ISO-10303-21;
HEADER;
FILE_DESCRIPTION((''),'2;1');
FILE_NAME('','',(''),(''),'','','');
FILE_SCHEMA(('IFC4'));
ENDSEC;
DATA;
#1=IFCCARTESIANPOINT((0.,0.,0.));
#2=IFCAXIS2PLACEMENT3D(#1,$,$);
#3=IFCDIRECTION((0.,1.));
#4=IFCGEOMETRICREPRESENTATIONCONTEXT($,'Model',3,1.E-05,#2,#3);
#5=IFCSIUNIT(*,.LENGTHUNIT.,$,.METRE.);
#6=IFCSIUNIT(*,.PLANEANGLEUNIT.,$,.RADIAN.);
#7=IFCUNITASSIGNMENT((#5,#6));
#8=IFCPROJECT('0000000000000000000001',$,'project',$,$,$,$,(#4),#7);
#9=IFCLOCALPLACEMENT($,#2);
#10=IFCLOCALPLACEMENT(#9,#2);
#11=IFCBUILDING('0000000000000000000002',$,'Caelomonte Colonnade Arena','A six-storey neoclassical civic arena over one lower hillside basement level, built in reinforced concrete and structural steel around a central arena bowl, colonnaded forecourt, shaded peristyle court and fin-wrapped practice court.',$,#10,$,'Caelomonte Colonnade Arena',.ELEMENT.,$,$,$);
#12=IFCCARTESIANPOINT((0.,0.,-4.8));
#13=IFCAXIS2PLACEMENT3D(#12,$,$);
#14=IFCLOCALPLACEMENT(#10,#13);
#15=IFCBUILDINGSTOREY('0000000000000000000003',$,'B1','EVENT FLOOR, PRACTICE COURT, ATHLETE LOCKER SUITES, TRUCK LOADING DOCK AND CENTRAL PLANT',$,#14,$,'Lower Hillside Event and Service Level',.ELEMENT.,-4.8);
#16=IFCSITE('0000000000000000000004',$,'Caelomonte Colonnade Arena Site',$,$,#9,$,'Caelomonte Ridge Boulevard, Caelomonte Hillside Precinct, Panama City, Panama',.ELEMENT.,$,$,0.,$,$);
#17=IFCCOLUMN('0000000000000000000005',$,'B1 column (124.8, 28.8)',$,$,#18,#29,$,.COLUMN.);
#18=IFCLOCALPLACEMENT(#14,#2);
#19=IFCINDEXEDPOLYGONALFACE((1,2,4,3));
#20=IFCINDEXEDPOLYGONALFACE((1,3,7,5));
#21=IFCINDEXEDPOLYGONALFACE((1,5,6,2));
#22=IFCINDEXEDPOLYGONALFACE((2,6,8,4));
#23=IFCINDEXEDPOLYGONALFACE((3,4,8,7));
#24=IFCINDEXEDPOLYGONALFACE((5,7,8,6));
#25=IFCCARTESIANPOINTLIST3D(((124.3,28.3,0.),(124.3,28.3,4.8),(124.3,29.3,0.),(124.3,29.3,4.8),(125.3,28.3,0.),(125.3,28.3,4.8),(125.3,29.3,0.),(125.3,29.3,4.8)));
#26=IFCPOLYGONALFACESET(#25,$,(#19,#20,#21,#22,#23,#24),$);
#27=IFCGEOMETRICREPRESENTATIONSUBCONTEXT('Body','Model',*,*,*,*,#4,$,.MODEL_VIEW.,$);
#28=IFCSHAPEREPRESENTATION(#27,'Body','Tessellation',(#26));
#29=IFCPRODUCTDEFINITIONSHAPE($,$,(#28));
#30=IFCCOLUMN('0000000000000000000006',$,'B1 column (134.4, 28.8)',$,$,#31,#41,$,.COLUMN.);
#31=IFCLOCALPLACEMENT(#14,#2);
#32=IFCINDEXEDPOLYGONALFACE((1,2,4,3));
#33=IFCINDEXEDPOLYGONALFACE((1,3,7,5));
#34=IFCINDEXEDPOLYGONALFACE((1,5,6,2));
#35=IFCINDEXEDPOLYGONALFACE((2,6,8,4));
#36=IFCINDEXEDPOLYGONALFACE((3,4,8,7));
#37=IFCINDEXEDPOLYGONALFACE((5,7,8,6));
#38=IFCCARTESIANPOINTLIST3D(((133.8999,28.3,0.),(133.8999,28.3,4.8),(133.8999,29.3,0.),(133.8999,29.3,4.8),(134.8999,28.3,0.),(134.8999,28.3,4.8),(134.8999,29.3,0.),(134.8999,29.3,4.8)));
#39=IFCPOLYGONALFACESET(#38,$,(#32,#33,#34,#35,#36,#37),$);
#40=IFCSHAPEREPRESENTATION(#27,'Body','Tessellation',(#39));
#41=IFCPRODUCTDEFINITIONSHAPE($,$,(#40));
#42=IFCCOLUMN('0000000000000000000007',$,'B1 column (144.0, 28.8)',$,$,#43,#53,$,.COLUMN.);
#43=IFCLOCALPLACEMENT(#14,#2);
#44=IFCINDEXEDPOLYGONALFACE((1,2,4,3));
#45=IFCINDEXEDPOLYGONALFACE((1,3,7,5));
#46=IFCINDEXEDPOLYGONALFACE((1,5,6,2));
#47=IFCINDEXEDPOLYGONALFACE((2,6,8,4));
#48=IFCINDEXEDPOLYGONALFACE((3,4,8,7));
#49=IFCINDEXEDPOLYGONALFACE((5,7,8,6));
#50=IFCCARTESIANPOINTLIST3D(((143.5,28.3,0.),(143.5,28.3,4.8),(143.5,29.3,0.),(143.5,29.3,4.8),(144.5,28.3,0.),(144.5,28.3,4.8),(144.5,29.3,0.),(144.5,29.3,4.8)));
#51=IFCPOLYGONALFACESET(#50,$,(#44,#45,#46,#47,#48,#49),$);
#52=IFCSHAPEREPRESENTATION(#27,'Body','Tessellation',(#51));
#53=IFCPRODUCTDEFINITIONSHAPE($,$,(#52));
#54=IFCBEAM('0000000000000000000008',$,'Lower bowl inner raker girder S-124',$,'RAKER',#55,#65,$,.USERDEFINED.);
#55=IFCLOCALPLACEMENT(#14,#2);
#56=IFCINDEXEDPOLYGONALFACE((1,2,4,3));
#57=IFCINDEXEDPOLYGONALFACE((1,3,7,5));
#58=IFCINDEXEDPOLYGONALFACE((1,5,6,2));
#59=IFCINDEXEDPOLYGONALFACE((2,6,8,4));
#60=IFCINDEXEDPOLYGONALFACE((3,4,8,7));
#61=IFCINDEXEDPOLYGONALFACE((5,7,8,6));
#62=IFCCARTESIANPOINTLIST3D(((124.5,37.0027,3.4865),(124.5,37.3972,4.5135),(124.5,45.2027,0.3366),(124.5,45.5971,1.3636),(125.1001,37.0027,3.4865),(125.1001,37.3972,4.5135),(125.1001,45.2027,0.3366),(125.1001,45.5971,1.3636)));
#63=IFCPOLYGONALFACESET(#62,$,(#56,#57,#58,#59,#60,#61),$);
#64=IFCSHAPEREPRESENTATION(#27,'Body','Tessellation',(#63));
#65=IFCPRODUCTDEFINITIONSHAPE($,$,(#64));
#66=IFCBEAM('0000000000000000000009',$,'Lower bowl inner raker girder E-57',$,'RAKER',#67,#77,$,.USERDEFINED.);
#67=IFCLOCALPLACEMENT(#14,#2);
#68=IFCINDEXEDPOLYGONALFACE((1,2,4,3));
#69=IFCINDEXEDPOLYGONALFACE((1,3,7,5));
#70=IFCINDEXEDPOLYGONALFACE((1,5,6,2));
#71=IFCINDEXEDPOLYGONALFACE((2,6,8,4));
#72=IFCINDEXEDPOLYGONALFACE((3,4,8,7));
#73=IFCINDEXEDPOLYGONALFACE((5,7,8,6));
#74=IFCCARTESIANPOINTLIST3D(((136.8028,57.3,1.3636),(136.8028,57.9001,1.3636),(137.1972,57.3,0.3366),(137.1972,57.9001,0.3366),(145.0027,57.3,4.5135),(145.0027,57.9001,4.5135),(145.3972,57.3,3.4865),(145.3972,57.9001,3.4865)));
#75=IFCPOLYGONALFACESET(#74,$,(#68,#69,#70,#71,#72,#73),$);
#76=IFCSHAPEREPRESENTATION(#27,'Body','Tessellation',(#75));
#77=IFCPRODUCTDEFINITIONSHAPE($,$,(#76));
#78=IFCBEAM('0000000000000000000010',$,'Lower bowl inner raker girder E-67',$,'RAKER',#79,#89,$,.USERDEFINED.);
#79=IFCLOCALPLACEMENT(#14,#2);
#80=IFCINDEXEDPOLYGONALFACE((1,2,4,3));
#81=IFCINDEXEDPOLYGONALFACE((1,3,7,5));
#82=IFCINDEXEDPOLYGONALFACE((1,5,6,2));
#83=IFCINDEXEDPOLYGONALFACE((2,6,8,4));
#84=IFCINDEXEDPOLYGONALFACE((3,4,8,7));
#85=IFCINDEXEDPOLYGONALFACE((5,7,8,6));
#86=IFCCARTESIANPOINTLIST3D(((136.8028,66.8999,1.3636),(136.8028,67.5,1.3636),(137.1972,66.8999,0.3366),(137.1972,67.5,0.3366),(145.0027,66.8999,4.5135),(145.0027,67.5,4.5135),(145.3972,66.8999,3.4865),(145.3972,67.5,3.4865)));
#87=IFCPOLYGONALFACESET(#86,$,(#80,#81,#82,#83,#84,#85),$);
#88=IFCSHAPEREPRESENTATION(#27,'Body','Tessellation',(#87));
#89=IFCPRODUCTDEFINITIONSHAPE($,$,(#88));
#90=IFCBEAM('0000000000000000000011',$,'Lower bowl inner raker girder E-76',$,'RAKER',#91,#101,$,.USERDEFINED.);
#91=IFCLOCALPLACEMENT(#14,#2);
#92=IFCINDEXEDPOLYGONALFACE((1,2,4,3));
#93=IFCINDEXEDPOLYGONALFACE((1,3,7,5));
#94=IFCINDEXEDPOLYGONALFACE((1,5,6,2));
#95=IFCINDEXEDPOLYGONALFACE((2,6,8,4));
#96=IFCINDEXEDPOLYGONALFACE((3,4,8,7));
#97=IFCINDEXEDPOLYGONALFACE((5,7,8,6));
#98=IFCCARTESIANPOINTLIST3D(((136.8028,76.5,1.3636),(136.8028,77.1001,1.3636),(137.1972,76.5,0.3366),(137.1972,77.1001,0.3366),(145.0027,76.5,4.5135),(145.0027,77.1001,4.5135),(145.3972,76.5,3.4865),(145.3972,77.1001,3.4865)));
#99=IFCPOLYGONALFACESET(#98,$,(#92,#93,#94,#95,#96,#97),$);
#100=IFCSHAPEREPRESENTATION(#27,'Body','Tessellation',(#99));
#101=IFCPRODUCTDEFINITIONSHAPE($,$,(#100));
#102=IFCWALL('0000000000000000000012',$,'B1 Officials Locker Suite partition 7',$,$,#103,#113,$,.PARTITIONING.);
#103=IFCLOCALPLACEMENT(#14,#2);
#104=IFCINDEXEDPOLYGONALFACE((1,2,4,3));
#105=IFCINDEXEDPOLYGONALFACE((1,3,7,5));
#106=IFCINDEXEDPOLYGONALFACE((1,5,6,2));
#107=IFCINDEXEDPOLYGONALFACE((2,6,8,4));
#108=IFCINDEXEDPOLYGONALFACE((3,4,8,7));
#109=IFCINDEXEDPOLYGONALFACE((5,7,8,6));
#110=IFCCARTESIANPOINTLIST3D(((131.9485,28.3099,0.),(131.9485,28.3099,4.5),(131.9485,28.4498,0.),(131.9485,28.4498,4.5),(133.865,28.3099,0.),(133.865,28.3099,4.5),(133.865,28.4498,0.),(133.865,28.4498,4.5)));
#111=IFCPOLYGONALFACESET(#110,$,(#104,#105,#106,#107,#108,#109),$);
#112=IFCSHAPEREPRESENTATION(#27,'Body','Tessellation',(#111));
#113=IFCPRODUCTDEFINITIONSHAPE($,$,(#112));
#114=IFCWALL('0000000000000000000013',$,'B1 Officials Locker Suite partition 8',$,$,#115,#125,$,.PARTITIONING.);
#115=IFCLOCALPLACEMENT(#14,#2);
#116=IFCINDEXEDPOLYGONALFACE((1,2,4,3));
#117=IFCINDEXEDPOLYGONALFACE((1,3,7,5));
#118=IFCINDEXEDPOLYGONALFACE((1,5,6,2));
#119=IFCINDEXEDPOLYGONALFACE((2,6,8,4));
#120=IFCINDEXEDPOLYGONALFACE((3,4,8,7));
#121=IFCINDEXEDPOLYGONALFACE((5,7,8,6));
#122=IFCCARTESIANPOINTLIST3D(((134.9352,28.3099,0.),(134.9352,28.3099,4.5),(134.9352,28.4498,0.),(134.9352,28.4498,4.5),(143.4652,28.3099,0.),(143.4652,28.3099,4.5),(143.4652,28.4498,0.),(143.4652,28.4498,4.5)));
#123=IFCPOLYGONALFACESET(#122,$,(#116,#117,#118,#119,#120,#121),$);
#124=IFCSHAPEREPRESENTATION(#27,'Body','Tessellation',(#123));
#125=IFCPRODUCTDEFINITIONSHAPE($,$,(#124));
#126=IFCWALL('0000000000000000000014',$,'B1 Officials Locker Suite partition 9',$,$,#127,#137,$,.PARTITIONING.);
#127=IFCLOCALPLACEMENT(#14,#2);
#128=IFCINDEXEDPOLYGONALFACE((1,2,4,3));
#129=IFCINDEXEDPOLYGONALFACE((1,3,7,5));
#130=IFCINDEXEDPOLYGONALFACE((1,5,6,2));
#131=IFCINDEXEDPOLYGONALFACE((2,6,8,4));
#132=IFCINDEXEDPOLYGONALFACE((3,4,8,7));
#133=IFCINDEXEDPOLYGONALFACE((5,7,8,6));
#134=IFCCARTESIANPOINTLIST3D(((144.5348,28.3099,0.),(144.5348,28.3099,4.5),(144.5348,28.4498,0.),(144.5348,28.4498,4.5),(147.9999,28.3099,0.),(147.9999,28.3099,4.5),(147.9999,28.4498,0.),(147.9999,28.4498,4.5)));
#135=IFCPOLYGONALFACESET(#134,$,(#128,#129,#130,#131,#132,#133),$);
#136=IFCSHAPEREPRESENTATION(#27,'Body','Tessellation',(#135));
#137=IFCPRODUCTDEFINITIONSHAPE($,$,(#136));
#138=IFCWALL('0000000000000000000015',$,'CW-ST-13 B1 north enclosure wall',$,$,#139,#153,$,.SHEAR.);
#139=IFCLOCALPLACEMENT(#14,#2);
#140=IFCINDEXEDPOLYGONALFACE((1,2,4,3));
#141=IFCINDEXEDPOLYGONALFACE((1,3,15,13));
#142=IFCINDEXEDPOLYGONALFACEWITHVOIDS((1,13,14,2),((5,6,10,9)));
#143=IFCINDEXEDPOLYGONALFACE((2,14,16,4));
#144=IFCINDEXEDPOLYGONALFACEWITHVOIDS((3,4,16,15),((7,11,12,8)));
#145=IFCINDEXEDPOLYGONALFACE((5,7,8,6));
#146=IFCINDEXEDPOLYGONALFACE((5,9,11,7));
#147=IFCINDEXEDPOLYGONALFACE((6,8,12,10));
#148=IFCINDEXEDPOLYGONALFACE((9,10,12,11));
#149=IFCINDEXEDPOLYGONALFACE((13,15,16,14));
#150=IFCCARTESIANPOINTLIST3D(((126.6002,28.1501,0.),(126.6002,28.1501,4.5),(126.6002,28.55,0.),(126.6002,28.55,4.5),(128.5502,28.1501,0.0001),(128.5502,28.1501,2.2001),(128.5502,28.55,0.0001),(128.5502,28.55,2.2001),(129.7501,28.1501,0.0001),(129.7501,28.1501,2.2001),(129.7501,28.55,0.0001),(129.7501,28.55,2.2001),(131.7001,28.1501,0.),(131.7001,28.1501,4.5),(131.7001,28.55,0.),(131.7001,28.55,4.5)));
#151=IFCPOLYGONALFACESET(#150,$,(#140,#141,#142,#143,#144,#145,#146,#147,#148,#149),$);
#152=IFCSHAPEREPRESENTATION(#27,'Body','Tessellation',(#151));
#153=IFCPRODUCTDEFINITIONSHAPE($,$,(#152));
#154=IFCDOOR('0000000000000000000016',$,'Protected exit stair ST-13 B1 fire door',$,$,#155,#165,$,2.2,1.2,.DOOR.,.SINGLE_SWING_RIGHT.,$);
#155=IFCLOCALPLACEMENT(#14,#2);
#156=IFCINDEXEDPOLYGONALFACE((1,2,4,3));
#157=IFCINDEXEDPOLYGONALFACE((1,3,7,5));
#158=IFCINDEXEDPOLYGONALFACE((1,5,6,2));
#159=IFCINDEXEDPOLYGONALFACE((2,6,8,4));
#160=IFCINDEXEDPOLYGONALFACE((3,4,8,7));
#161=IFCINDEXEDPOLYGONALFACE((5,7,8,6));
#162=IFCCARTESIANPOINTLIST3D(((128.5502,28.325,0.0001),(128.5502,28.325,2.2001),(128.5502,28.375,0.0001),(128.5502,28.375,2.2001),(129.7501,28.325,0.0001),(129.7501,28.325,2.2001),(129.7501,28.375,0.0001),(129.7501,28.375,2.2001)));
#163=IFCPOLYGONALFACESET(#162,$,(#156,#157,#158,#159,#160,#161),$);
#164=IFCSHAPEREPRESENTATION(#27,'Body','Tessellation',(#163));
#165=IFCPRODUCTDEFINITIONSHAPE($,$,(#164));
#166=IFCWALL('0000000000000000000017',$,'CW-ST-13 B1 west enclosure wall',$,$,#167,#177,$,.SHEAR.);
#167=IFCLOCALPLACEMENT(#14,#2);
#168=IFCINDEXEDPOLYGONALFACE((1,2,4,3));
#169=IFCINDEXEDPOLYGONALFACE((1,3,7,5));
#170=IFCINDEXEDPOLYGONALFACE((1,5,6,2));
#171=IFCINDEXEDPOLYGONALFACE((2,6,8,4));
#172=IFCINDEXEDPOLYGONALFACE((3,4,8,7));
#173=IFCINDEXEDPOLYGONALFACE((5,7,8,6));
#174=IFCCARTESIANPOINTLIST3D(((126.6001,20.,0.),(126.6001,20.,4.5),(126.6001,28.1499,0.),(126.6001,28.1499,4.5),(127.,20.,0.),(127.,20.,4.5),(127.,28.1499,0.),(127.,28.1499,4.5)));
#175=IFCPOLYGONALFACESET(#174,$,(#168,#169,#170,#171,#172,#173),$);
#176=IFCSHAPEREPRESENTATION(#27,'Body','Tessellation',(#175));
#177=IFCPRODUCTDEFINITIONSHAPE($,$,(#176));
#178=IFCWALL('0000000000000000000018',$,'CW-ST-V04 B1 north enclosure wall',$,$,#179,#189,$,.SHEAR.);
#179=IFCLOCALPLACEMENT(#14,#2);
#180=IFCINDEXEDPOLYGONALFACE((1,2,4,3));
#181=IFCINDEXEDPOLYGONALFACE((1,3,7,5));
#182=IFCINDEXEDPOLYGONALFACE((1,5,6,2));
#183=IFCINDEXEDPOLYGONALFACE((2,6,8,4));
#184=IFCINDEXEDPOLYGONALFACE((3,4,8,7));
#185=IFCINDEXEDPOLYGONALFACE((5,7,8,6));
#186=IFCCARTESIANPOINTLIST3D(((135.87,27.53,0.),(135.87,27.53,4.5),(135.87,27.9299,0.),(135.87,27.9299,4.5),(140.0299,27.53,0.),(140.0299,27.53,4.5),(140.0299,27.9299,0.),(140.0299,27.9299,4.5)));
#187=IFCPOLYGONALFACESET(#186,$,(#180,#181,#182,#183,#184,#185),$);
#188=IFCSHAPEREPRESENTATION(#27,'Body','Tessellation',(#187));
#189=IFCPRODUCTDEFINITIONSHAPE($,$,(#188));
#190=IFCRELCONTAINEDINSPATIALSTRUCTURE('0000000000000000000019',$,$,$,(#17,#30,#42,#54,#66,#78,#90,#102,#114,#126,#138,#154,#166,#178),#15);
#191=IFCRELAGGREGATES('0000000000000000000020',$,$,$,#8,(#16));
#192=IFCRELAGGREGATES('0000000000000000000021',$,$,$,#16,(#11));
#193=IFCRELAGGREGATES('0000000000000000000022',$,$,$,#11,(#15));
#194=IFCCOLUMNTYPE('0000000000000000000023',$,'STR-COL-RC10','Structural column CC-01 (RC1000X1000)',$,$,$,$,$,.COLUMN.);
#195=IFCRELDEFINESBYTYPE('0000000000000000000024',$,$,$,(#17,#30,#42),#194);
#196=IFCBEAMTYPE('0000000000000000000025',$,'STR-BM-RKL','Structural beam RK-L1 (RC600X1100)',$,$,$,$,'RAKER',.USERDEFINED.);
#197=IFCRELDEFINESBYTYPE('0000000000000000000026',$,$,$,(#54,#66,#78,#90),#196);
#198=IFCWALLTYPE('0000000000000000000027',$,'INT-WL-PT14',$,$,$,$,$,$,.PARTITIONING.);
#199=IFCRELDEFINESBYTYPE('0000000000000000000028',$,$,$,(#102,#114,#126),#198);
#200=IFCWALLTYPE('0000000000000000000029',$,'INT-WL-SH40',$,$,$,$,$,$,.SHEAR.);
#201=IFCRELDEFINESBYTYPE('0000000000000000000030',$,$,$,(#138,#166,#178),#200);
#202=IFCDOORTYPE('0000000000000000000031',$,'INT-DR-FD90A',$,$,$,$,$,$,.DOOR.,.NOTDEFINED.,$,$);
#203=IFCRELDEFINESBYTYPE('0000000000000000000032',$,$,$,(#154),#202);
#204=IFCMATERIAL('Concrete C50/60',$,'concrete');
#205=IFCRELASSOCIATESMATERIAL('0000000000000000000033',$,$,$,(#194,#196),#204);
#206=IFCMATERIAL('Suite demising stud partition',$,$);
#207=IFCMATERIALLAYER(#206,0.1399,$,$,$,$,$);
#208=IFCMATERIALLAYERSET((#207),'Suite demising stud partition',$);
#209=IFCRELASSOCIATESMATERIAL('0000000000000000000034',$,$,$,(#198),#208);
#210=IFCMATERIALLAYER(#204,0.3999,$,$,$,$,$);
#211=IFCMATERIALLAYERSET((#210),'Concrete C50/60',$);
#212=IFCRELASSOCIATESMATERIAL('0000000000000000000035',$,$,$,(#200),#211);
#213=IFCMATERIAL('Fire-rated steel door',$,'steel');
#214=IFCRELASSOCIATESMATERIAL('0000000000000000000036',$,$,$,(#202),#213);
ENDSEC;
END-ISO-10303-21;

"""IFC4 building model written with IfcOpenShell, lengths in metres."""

from ifc_helpers import new_model, si_unit, direction, frame, frame_2d, origin, origin_2d, place, context, subcontext, project, spatial, rectangle, extrude, material, layer, layer_set, material_profile, profile_set, type_object, element, fill, save


model = new_model("IFC4")

# Units and contexts
model_context = context("Model", 3, precision=1e-05, world=origin(), true_north=direction((0.0, 1.0)))
body_context = subcontext(model_context, "Body", "Model", "MODEL_VIEW")
ifc_project = project(units=[si_unit("LENGTHUNIT", "METRE"), si_unit("PLANEANGLEUNIT", "RADIAN")], contexts=[model_context])

# Site, building, storey
site_placement = place(None, origin())
site = spatial("IfcSite", under=ifc_project, at=site_placement, Name="Caelomonte Colonnade Arena Site", LongName="Caelomonte Ridge Boulevard, Caelomonte Hillside Precinct, Panama City, Panama", CompositionType="ELEMENT", RefElevation=0.0)
building_placement = place(site_placement, origin())
building = spatial("IfcBuilding", under=site, at=building_placement, Name="Caelomonte Colonnade Arena", Description="A six-storey neoclassical civic arena over one lower hillside basement level, built in reinforced concrete and structural steel around a central arena bowl, colonnaded forecourt, shaded peristyle court and fin-wrapped practice court.", LongName="Caelomonte Colonnade Arena", CompositionType="ELEMENT")
storey_placement = place(building_placement, frame((0.0, 0.0, -4.8)))
storey = spatial("IfcBuildingStorey", under=building, at=storey_placement, Name="B1", Description="EVENT FLOOR, PRACTICE COURT, ATHLETE LOCKER SUITES, TRUCK LOADING DOCK AND CENTRAL PLANT", LongName="Lower Hillside Event and Service Level", CompositionType="ELEMENT", Elevation=-4.8)

# Columns
ifc_material_1 = material(Name="Concrete C50/60", Category="concrete")
ifc_material_profile_1 = material_profile(ifc_material_1, rectangle(XDim=1.0, YDim=1.0, at=origin_2d()), Name="RC1000X1000")
ifc_profile_set_1 = profile_set([ifc_material_profile_1], Name="Concrete C50/60")
column_type_1 = type_object("IfcColumnType", Name="STR-COL-RC10", Description="Structural column CC-01 (RC1000X1000)", PredefinedType="COLUMN", material=ifc_profile_set_1)
for number, where, z_axis, x_axis, name in (
    (1, (124.8, 28.8, 0.0), (0.0, 0.0, 1.0), (1.0, 0.0, 0.0), "B1 column (124.8, 28.8)"),
    (2, (134.3999, 28.8, 0.0), (0.0, 0.0, 1.0), (1.0, 0.0, 0.0), "B1 column (134.4, 28.8)"),
    (3, (144.0, 28.8, 0.0), (0.0, 0.0, 1.0), (1.0, 0.0, 0.0), "B1 column (144.0, 28.8)"),
):
    element("IfcColumn", number, at=place(storey_placement, frame(where, z_axis=z_axis, x_axis=x_axis)), inside=storey, type_object=column_type_1, Name=name, PredefinedType="COLUMN", context=body_context, shape_type="SweptSolid", body=[
        extrude(rectangle(XDim=1.0, YDim=1.0, at=origin_2d()), origin(), (0.0, 0.0, 1.0), 4.8),
    ])

# Beams
ifc_material_profile_2 = material_profile(ifc_material_1, rectangle(XDim=0.6001, YDim=1.1001, at=origin_2d()), Name="RC600X1100")
ifc_profile_set_2 = profile_set([ifc_material_profile_2], Name="Concrete C50/60")
beam_type = type_object("IfcBeamType", Name="STR-BM-RKL", Description="Structural beam RK-L1 (RC600X1100)", ElementType="RAKER", PredefinedType="USERDEFINED", material=ifc_profile_set_2)
for number, where, z_axis, x_axis, name in (
    (4, (124.8, 45.3999, 0.8501), (0.0, -0.933495, 0.35859), (1.0, 0.0, 0.0), "Lower bowl inner raker girder S-124"),
    (5, (137.0, 57.6001, 0.8501), (0.933495, 0.0, 0.35859), (0.0, 1.0, 0.0), "Lower bowl inner raker girder E-57"),
    (6, (137.0, 67.2, 0.8501), (0.933495, 0.0, 0.35859), (0.0, 1.0, 0.0), "Lower bowl inner raker girder E-67"),
    (7, (137.0, 76.8, 0.8501), (0.933495, 0.0, 0.35859), (0.0, 1.0, 0.0), "Lower bowl inner raker girder E-76"),
):
    element("IfcBeam", number, at=place(storey_placement, frame(where, z_axis=z_axis, x_axis=x_axis)), inside=storey, type_object=beam_type, Name=name, ObjectType="RAKER", PredefinedType="USERDEFINED", context=body_context, shape_type="SweptSolid", body=[
        extrude(rectangle(XDim=0.6001, YDim=1.1001, at=origin_2d()), origin(), (0.0, 0.0, 1.0), 8.7842),
    ])

# Walls
ifc_material_2 = material(Name="Suite demising stud partition")
ifc_layer_1 = layer(ifc_material_2, 0.1399)
ifc_layer_set_1 = layer_set([ifc_layer_1], Name="Suite demising stud partition")
wall_type_1 = type_object("IfcWallType", Name="INT-WL-PT14", PredefinedType="PARTITIONING", material=ifc_layer_set_1)
wall_1_placement = place(storey_placement, frame((131.9485, 28.3799, 0.0), z_axis=(0.0, 0.0, 1.0), x_axis=(1.0, 0.0, 0.0)))
element("IfcWall", 8, at=wall_1_placement, inside=storey, type_object=wall_type_1, Name="B1 Officials Locker Suite partition 7", PredefinedType="PARTITIONING", context=body_context, shape_type="SweptSolid", body=[
    extrude(rectangle(XDim=1.9165, YDim=0.1399, at=frame_2d((0.9583, 0.0))), origin(), (0.0, 0.0, 1.0), 4.5),
])
wall_2_placement = place(storey_placement, frame((134.9351, 28.3799, 0.0), z_axis=(0.0, 0.0, 1.0), x_axis=(1.0, 0.0, 0.0)))
element("IfcWall", 9, at=wall_2_placement, inside=storey, type_object=wall_type_1, Name="B1 Officials Locker Suite partition 8", PredefinedType="PARTITIONING", context=body_context, shape_type="SweptSolid", body=[
    extrude(rectangle(XDim=8.53, YDim=0.1399, at=frame_2d((4.2651, 0.0))), origin(), (0.0, 0.0, 1.0), 4.5),
])
wall_3_placement = place(storey_placement, frame((144.5349, 28.3799, 0.0), z_axis=(0.0, 0.0, 1.0), x_axis=(1.0, 0.0, 0.0)))
element("IfcWall", 10, at=wall_3_placement, inside=storey, type_object=wall_type_1, Name="B1 Officials Locker Suite partition 9", PredefinedType="PARTITIONING", context=body_context, shape_type="SweptSolid", body=[
    extrude(rectangle(XDim=3.4651, YDim=0.1399, at=frame_2d((1.7324, 0.0))), origin(), (0.0, 0.0, 1.0), 4.5),
])

# Wall, opening, door
ifc_layer_2 = layer(ifc_material_1, 0.3999)
ifc_layer_set_2 = layer_set([ifc_layer_2], Name="Concrete C50/60")
wall_type_2 = type_object("IfcWallType", Name="INT-WL-SH40", PredefinedType="SHEAR", material=ifc_layer_set_2)
wall_4_placement = place(storey_placement, frame((131.7, 28.3501, 0.0), z_axis=(0.0, 0.0, 1.0), x_axis=(-1.0, 0.0, 0.0)))
wall_4 = element("IfcWall", 11, at=wall_4_placement, inside=storey, type_object=wall_type_2, Name="CW-ST-13 B1 north enclosure wall", PredefinedType="SHEAR", context=body_context, shape_type="SweptSolid", body=[
    extrude(rectangle(XDim=5.0999, YDim=0.3999, at=frame_2d((2.5498, 0.0))), origin(), (0.0, 0.0, 1.0), 4.5),
])
opening_placement = place(wall_4_placement, frame((3.1499, 0.0, 0.0), z_axis=(0.0, 0.0, 1.0), x_axis=(-1.0, 0.0, 0.0)))
opening = element("IfcOpeningElement", 12, at=opening_placement, cuts=wall_4, PredefinedType="OPENING", context=body_context, shape_type="SweptSolid", body=[
    extrude(rectangle(XDim=1.2, YDim=2.2, at=frame_2d((0.6001, 1.1001))), frame((0.0, 0.21, 0.0), z_axis=(0.0, -1.0, 0.0), x_axis=(1.0, 0.0, 0.0)), (0.0, 0.0, 1.0), 0.4199),
])
ifc_material_3 = material(Name="Fire-rated steel door", Category="steel")
door_type = type_object("IfcDoorType", Name="INT-DR-FD90A", OperationType="NOTDEFINED", PredefinedType="DOOR", material=ifc_material_3)
door_placement = place(opening_placement, origin())
door = element("IfcDoor", 13, at=door_placement, inside=storey, type_object=door_type, Name="Protected exit stair ST-13 B1 fire door", OperationType="SINGLE_SWING_RIGHT", OverallHeight=2.2, OverallWidth=1.2, PredefinedType="DOOR", context=body_context, shape_type="SweptSolid", body=[
    extrude(rectangle(XDim=1.2, YDim=2.2, at=frame_2d((0.6001, 1.1001))), frame((0.0, 0.0249, 0.0), z_axis=(0.0, -1.0, 0.0), x_axis=(1.0, 0.0, 0.0)), (0.0, 0.0, 1.0), 0.05),
])
fill(opening, door)

# Walls
wall_5_placement = place(storey_placement, frame((126.8, 28.1499, 0.0), z_axis=(0.0, 0.0, 1.0), x_axis=(0.0, -1.0, 0.0)))
element("IfcWall", 14, at=wall_5_placement, inside=storey, type_object=wall_type_2, Name="CW-ST-13 B1 west enclosure wall", PredefinedType="SHEAR", context=body_context, shape_type="SweptSolid", body=[
    extrude(rectangle(XDim=8.1499, YDim=0.3999, at=frame_2d((4.075, 0.0))), origin(), (0.0, 0.0, 1.0), 4.5),
])
wall_6_placement = place(storey_placement, frame((140.03, 27.73, 0.0), z_axis=(0.0, 0.0, 1.0), x_axis=(-1.0, 0.0, 0.0)))
element("IfcWall", 15, at=wall_6_placement, inside=storey, type_object=wall_type_2, Name="CW-ST-V04 B1 north enclosure wall", PredefinedType="SHEAR", context=body_context, shape_type="SweptSolid", body=[
    extrude(rectangle(XDim=4.1599, YDim=0.3999, at=frame_2d((2.0801, 0.0))), origin(), (0.0, 0.0, 1.0), 4.5),
])

save(model, "model.ifc")
